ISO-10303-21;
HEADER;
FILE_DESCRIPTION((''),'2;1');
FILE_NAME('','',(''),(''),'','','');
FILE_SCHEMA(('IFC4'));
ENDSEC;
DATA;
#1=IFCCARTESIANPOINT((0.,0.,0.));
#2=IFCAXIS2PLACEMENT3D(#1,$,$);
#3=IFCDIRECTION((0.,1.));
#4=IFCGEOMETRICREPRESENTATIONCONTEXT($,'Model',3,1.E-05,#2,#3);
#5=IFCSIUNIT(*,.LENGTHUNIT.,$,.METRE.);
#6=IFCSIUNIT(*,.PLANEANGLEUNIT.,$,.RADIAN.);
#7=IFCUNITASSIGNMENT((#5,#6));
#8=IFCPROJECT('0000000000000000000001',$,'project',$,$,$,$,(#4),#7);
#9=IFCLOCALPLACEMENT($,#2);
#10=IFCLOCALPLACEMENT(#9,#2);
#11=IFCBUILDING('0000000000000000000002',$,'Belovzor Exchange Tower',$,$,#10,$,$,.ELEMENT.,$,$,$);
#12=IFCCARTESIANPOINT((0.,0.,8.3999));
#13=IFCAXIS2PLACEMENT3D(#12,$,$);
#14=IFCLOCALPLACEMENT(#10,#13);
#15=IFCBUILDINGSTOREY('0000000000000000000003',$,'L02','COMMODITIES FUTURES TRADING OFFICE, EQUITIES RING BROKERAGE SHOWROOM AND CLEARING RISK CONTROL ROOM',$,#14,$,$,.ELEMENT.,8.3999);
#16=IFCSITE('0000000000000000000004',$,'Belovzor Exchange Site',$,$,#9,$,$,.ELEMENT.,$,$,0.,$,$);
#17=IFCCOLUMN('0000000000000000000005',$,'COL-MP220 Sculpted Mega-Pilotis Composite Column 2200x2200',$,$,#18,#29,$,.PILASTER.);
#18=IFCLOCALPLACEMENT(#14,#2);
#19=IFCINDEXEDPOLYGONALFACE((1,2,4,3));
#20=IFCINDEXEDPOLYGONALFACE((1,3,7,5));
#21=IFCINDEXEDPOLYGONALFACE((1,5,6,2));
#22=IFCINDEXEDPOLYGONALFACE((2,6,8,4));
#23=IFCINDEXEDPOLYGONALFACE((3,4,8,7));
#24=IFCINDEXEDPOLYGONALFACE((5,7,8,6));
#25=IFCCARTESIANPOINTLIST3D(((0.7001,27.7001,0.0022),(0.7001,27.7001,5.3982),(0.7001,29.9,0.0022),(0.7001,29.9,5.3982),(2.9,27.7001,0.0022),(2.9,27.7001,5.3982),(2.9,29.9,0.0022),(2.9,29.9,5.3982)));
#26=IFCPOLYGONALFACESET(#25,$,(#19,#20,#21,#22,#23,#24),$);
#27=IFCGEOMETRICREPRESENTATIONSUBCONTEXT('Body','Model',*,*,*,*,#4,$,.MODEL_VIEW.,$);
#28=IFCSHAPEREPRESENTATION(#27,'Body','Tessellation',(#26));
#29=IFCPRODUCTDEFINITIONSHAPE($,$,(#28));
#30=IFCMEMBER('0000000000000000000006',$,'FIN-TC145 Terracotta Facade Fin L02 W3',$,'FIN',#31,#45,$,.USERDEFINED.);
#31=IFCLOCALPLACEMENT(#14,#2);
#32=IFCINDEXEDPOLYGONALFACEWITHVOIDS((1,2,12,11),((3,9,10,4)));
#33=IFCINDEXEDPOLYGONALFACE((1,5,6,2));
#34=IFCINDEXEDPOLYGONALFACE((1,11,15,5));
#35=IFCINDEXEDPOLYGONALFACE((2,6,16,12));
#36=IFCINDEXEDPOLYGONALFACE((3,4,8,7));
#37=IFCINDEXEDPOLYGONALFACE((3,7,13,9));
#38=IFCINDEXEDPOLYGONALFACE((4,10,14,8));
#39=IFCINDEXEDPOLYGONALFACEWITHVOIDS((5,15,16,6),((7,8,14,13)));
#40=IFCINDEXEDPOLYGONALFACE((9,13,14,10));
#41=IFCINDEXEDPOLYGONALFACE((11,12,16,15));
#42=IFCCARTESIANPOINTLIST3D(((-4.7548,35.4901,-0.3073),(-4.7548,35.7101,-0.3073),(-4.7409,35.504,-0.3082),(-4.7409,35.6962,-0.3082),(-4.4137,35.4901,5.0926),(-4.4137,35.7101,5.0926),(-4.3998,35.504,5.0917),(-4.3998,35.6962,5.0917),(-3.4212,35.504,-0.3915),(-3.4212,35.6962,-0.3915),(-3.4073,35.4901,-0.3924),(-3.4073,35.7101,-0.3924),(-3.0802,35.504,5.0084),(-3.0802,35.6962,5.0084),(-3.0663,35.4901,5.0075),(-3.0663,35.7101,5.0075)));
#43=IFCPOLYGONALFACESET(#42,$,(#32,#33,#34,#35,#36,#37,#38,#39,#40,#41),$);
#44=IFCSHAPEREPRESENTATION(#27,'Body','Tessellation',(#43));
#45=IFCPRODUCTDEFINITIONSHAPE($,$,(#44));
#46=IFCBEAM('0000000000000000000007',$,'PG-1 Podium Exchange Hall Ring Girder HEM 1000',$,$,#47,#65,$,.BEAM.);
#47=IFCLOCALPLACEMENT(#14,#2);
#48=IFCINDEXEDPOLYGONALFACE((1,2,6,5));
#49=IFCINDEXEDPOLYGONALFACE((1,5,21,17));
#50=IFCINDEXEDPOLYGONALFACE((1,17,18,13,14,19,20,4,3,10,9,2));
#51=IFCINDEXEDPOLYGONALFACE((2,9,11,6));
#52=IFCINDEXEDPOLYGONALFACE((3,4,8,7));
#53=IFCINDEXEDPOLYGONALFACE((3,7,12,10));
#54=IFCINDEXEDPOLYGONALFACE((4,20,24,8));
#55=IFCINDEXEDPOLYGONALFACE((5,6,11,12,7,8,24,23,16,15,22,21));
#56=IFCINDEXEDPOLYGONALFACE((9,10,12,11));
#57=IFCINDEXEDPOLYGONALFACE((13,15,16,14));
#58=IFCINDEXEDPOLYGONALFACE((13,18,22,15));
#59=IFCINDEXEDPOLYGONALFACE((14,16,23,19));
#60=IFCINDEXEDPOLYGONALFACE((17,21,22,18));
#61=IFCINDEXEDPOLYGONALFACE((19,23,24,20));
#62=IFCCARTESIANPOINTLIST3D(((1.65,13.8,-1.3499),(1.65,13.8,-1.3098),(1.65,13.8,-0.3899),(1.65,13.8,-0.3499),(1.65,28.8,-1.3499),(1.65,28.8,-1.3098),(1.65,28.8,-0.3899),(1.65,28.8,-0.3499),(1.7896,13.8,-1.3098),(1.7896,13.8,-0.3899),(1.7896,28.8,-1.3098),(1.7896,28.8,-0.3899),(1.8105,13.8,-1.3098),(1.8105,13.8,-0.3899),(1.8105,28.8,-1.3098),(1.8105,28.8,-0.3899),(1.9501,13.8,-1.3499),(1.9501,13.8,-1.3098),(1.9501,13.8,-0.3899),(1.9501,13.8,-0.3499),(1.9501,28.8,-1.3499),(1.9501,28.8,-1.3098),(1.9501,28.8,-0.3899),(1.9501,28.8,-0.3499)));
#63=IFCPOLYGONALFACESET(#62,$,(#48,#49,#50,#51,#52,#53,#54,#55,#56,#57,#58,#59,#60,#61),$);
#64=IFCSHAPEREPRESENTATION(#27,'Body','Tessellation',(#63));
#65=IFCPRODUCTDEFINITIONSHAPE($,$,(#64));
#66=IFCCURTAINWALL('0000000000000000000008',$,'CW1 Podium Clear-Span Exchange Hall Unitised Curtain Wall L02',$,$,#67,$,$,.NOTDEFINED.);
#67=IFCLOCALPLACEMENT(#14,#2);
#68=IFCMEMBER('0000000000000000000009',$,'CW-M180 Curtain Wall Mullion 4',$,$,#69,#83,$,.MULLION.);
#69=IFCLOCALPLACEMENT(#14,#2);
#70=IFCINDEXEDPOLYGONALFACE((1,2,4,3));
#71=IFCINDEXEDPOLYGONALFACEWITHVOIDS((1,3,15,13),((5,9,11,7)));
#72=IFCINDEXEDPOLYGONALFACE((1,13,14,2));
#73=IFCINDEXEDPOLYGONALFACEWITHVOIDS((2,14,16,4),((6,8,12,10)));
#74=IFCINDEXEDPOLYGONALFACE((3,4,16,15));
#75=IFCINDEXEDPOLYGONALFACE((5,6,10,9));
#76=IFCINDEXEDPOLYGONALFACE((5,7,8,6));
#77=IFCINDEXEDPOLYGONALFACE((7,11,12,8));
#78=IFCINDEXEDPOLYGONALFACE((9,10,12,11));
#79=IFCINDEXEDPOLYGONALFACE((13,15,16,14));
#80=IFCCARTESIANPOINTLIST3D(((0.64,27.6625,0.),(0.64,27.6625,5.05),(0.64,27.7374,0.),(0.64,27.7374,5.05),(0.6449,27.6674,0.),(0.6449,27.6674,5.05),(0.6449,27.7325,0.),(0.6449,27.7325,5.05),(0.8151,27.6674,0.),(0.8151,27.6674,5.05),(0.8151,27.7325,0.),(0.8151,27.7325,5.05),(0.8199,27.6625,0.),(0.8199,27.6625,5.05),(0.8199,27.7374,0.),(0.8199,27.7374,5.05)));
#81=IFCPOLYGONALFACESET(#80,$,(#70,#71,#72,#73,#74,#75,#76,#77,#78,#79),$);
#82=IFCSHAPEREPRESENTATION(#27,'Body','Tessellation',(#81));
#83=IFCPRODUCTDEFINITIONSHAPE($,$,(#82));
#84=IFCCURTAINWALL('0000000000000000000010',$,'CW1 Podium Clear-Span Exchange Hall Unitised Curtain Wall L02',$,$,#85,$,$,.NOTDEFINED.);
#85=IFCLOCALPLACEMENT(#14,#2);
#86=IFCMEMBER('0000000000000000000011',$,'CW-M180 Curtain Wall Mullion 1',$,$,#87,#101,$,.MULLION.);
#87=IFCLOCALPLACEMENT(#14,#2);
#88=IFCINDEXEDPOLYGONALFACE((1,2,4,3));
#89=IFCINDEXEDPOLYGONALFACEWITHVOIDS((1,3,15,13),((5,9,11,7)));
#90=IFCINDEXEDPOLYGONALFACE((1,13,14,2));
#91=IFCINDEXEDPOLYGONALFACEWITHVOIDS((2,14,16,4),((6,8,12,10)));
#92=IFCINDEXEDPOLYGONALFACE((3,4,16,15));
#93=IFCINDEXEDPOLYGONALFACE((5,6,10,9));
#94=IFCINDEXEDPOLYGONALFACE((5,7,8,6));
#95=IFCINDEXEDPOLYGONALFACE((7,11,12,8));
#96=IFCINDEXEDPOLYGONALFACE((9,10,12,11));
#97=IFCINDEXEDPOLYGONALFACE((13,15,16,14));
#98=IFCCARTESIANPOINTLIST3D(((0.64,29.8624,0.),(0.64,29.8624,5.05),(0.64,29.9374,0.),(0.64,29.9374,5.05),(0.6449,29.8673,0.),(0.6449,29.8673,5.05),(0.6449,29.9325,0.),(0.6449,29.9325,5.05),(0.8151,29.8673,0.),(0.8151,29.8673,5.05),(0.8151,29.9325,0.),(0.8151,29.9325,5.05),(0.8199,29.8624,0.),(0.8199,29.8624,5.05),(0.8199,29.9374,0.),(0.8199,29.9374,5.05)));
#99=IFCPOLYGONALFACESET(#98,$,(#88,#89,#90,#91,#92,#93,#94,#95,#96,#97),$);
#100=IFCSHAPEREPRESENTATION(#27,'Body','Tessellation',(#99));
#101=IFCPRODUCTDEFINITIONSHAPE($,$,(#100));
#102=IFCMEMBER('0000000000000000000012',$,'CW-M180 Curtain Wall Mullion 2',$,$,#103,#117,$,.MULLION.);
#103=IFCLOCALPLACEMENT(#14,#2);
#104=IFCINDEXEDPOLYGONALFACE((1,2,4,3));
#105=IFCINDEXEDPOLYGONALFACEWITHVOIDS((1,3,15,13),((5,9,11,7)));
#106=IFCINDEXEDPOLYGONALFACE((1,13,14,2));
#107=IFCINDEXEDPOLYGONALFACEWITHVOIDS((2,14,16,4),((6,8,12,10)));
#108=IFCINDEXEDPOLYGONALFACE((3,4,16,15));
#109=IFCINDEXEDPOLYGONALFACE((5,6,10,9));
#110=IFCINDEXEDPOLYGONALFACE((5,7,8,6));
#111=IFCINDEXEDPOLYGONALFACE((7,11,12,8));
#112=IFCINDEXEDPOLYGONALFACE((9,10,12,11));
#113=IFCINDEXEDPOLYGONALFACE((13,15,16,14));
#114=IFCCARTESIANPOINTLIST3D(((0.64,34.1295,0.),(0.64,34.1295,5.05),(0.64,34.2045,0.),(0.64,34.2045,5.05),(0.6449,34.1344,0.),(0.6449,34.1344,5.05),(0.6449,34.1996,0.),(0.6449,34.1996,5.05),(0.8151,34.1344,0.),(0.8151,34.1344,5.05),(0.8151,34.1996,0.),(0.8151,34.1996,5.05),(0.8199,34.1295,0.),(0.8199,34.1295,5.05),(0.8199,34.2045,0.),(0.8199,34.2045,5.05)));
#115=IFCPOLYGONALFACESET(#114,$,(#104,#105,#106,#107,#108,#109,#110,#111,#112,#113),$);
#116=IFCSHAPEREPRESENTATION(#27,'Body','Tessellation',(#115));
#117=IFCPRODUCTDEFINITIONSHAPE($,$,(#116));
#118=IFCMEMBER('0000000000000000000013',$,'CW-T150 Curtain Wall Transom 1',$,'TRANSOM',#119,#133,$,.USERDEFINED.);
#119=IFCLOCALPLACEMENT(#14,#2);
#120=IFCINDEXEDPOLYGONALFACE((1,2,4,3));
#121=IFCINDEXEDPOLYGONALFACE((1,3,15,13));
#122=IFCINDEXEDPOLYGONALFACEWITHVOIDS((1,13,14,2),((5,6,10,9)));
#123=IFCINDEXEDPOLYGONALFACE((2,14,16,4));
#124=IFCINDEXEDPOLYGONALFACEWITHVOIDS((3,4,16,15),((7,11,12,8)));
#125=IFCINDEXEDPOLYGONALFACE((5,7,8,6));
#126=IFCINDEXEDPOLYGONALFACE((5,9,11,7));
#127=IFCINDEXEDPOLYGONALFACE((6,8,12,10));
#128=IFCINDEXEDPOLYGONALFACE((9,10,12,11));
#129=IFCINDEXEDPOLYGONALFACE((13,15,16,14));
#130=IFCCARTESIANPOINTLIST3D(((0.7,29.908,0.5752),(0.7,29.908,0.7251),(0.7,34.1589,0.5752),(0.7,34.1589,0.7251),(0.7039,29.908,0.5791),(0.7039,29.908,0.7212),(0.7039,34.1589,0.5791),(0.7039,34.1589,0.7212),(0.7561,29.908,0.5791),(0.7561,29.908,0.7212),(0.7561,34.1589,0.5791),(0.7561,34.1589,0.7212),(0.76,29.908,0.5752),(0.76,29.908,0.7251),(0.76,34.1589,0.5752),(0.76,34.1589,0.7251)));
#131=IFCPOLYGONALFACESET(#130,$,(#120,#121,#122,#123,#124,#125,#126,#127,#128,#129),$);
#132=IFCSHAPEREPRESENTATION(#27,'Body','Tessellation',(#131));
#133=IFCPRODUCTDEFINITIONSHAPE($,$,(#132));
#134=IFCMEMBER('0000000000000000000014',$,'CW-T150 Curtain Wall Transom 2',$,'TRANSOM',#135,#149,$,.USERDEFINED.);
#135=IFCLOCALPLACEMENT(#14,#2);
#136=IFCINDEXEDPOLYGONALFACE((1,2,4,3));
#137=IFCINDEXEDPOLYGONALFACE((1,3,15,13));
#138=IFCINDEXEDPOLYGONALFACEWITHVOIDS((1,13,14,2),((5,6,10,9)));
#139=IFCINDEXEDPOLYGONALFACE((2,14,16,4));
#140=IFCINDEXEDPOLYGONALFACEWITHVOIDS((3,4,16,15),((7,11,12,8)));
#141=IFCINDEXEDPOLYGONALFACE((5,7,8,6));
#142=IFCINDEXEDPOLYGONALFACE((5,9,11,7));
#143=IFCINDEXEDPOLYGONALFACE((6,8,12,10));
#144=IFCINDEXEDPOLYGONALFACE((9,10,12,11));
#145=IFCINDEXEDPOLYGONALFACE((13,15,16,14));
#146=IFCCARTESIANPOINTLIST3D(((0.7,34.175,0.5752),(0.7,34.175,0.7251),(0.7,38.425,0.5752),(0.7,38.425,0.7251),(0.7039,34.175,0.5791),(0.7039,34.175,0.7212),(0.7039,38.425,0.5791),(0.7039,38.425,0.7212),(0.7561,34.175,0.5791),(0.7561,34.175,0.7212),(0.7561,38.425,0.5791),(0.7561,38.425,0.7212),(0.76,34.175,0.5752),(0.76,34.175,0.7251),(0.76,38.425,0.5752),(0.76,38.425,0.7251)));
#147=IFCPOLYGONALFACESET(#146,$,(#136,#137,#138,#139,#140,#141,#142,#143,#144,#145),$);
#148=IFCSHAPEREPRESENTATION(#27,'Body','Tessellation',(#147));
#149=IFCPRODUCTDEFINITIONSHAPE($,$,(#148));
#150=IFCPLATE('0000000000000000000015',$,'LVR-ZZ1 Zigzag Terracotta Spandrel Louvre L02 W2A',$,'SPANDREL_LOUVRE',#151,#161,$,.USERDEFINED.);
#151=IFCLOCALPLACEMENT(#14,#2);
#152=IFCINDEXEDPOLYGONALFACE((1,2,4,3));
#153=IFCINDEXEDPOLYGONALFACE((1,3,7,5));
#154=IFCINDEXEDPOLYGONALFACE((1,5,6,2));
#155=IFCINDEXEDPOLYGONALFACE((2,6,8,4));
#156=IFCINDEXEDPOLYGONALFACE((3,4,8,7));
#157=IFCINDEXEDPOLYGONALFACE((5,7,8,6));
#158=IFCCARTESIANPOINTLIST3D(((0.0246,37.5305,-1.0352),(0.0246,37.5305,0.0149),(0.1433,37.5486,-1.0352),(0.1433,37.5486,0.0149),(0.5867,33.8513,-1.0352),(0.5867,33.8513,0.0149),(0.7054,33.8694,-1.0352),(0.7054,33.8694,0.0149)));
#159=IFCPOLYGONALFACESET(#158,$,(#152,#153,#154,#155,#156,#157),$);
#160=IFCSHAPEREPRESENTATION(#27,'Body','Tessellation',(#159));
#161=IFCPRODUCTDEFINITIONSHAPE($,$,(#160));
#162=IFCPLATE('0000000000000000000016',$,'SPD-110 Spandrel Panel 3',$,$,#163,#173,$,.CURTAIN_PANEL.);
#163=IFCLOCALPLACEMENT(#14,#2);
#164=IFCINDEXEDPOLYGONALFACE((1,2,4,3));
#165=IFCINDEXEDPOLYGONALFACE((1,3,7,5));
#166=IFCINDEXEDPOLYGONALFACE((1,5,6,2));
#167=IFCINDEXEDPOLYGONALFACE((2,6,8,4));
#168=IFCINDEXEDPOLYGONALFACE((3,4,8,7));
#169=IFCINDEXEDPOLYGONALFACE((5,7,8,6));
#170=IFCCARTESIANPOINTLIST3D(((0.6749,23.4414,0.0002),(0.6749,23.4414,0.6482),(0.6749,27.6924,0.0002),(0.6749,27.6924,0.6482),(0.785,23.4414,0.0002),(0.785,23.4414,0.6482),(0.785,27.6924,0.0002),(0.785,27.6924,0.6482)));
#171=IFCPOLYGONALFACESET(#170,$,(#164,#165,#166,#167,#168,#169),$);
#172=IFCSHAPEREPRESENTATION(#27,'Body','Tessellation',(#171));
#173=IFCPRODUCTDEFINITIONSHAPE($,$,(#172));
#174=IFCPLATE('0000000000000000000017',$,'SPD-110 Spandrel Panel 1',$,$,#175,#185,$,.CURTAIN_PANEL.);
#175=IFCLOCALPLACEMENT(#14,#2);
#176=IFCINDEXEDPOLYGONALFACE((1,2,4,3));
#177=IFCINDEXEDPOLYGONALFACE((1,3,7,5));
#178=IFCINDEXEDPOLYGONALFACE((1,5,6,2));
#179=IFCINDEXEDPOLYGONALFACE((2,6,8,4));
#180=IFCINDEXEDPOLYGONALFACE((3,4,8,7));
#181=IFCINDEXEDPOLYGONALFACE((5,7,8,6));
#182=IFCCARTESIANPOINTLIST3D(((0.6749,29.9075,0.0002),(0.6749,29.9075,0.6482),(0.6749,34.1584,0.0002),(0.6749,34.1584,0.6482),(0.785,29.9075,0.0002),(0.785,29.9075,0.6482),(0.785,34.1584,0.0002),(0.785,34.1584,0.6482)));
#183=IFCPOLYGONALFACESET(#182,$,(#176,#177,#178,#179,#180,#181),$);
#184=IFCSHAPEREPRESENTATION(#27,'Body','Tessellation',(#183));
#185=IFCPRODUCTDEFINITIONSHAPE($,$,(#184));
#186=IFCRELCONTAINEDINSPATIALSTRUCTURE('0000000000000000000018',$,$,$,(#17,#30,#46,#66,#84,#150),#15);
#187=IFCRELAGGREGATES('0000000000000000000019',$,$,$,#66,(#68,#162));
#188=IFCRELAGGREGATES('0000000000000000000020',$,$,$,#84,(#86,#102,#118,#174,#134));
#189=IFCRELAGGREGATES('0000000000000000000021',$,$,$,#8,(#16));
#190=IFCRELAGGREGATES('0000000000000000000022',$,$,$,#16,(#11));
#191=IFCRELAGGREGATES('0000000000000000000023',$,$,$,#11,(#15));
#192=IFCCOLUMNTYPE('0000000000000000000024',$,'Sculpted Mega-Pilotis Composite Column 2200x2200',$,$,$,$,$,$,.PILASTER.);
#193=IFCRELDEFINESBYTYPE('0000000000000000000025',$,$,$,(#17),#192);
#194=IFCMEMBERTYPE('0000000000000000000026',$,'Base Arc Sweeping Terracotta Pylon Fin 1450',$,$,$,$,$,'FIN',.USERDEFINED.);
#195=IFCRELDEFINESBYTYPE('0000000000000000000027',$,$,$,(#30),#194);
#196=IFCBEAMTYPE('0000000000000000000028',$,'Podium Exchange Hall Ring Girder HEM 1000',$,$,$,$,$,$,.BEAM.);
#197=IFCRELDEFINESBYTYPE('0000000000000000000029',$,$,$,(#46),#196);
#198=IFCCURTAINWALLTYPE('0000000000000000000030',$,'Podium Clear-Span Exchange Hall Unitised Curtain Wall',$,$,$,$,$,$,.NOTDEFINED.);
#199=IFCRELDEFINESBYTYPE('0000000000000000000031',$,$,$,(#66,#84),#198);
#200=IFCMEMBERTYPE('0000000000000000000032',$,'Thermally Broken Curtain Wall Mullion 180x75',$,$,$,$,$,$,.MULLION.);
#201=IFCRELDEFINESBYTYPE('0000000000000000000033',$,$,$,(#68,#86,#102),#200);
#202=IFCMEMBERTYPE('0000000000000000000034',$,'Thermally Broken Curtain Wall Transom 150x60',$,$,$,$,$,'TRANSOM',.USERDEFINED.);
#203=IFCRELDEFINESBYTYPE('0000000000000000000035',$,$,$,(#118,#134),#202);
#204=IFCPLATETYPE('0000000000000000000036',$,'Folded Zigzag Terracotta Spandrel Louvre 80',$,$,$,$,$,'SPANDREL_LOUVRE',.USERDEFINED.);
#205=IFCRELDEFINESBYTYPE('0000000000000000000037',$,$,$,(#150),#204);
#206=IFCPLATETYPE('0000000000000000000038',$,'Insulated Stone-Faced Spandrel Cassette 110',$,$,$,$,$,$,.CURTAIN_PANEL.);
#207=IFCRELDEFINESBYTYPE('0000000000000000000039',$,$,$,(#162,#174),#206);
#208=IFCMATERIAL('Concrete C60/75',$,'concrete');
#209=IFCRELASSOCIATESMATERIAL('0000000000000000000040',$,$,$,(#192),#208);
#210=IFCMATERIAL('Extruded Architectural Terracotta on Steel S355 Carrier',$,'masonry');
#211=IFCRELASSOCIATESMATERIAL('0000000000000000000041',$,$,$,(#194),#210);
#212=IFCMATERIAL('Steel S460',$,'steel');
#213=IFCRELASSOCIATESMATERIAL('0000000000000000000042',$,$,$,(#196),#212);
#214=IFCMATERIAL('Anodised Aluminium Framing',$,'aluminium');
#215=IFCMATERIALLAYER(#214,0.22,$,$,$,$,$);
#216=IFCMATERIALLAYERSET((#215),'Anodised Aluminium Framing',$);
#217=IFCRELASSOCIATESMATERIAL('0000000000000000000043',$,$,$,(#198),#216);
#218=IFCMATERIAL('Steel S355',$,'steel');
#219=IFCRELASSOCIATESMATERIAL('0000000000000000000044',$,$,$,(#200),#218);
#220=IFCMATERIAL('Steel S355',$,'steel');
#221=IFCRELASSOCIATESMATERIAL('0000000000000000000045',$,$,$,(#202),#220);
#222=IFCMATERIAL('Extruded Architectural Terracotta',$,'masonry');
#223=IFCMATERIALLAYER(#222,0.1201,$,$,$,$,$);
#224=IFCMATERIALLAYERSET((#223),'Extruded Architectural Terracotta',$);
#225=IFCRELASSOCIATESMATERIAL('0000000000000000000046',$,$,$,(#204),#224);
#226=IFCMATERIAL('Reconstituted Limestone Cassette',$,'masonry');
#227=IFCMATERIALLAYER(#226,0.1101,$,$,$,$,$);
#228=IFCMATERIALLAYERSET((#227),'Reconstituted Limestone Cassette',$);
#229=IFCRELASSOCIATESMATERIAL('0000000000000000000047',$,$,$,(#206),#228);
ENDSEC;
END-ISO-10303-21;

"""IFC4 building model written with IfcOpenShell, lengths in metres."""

from ifc_helpers import new_model, si_unit, direction, frame, origin, origin_2d, place, context, subcontext, project, spatial, rectangle, hollow_rectangle, i_section, extrude, material, layer, layer_set, material_profile, profile_set, type_object, element, aggregate, save


model = new_model("IFC4")

# Units and contexts
model_context = context("Model", 3, precision=1e-05, world=origin(), true_north=direction((0.0, 1.0)))
body_context = subcontext(model_context, "Body", "Model", "MODEL_VIEW")
ifc_project = project(units=[si_unit("LENGTHUNIT", "METRE"), si_unit("PLANEANGLEUNIT", "RADIAN")], contexts=[model_context])

# Site, building, storey
site_placement = place(None, origin())
site = spatial("IfcSite", under=ifc_project, at=site_placement, Name="Belovzor Exchange Site", CompositionType="ELEMENT", RefElevation=0.0)
building_placement = place(site_placement, origin())
building = spatial("IfcBuilding", under=site, at=building_placement, Name="Belovzor Exchange Tower", CompositionType="ELEMENT")
storey_placement = place(building_placement, frame((0.0, 0.0, 8.3999)))
storey = spatial("IfcBuildingStorey", under=building, at=storey_placement, Name="L02", Description="COMMODITIES FUTURES TRADING OFFICE, EQUITIES RING BROKERAGE SHOWROOM AND CLEARING RISK CONTROL ROOM", CompositionType="ELEMENT", Elevation=8.3999)

# Column
ifc_material_1 = material(Name="Concrete C60/75", Category="concrete")
ifc_material_profile_1 = material_profile(ifc_material_1, rectangle(XDim=2.2, YDim=2.2, at=origin_2d()))
ifc_profile_set_1 = profile_set([ifc_material_profile_1], Name="Concrete C60/75")
column_type = type_object("IfcColumnType", Name="Sculpted Mega-Pilotis Composite Column 2200x2200", PredefinedType="PILASTER", material=ifc_profile_set_1)
column_placement = place(storey_placement, frame((1.8, 28.8, 0.0022), z_axis=(0.0, 0.0, 1.0), x_axis=(1.0, 0.0, 0.0)))
element("IfcColumn", 1, at=column_placement, inside=storey, type_object=column_type, Name="COL-MP220 Sculpted Mega-Pilotis Composite Column 2200x2200", PredefinedType="PILASTER", context=body_context, shape_type="SweptSolid", body=[
    extrude(rectangle(XDim=2.2, YDim=2.2, at=origin_2d()), origin(), (0.0, 0.0, 1.0), 5.396),
])

# Member
ifc_material_2 = material(Name="Extruded Architectural Terracotta on Steel S355 Carrier", Category="masonry")
ifc_material_profile_2 = material_profile(ifc_material_2, hollow_rectangle(XDim=0.22, YDim=1.3501, WallThickness=0.0139, at=origin_2d()))
ifc_profile_set_2 = profile_set([ifc_material_profile_2], Name="Extruded Architectural Terracotta on Steel S355 Carrier")
member_type_1 = type_object("IfcMemberType", Name="Base Arc Sweeping Terracotta Pylon Fin 1450", ElementType="FIN", PredefinedType="USERDEFINED", material=ifc_profile_set_2)
member_1_placement = place(storey_placement, frame((-4.0811, 35.6001, -0.3499), z_axis=(0.063036, 0.0, 0.998011), x_axis=(0.0, 1.0, 0.0)))
element("IfcMember", 2, at=member_1_placement, inside=storey, type_object=member_type_1, Name="FIN-TC145 Terracotta Facade Fin L02 W3", ObjectType="FIN", PredefinedType="USERDEFINED", context=body_context, shape_type="SweptSolid", body=[
    extrude(hollow_rectangle(XDim=0.22, YDim=1.3501, WallThickness=0.0139, at=origin_2d()), origin(), (0.0, 0.0, 1.0), 5.4106),
])

# Beam
ifc_material_3 = material(Name="Steel S460", Category="steel")
ifc_material_profile_3 = material_profile(ifc_material_3, i_section(OverallWidth=0.3, OverallDepth=1.0, WebThickness=0.021, FlangeThickness=0.04, at=origin_2d()))
ifc_profile_set_3 = profile_set([ifc_material_profile_3], Name="Steel S460")
beam_type = type_object("IfcBeamType", Name="Podium Exchange Hall Ring Girder HEM 1000", PredefinedType="BEAM", material=ifc_profile_set_3)
beam_placement = place(storey_placement, frame((1.8, 28.8, -0.8499), z_axis=(0.0, -1.0, 0.0), x_axis=(1.0, 0.0, 0.0)))
element("IfcBeam", 3, at=beam_placement, inside=storey, type_object=beam_type, Name="PG-1 Podium Exchange Hall Ring Girder HEM 1000", PredefinedType="BEAM", context=body_context, shape_type="SweptSolid", body=[
    extrude(i_section(OverallWidth=0.3, OverallDepth=1.0, WebThickness=0.021, FlangeThickness=0.04, at=origin_2d()), origin(), (0.0, 0.0, 1.0), 15.0),
])

# Curtain wall, member
ifc_material_4 = material(Name="Anodised Aluminium Framing", Category="aluminium")
ifc_layer_1 = layer(ifc_material_4, 0.22)
ifc_layer_set_1 = layer_set([ifc_layer_1], Name="Anodised Aluminium Framing")
curtain_wall_type = type_object("IfcCurtainWallType", Name="Podium Clear-Span Exchange Hall Unitised Curtain Wall", PredefinedType="NOTDEFINED", material=ifc_layer_set_1)
curtain_wall_1_placement = place(storey_placement, origin())
curtain_wall_1 = element("IfcCurtainWall", 4, at=curtain_wall_1_placement, inside=storey, type_object=curtain_wall_type, Name="CW1 Podium Clear-Span Exchange Hall Unitised Curtain Wall L02", PredefinedType="NOTDEFINED")
ifc_material_5 = material(Name="Steel S355", Category="steel")
ifc_material_profile_4 = material_profile(ifc_material_5, hollow_rectangle(XDim=0.075, YDim=0.1799, WallThickness=0.0049, at=origin_2d()))
ifc_profile_set_4 = profile_set([ifc_material_profile_4], Name="Steel S355")
member_type_2 = type_object("IfcMemberType", Name="Thermally Broken Curtain Wall Mullion 180x75", PredefinedType="MULLION", material=ifc_profile_set_4)
member_2_placement = place(storey_placement, frame((0.73, 27.7, 0.0), z_axis=(0.0, 0.0, 1.0), x_axis=(0.0, 1.0, 0.0)))
member_2 = element("IfcMember", 5, at=member_2_placement, type_object=member_type_2, Name="CW-M180 Curtain Wall Mullion 4", PredefinedType="MULLION", context=body_context, shape_type="SweptSolid", body=[
    extrude(hollow_rectangle(XDim=0.075, YDim=0.1799, WallThickness=0.0049, at=origin_2d()), origin(), (0.0, 0.0, 1.0), 5.05),
])

# Curtain wall, members
curtain_wall_2_placement = place(storey_placement, origin())
curtain_wall_2 = element("IfcCurtainWall", 6, at=curtain_wall_2_placement, inside=storey, type_object=curtain_wall_type, Name="CW1 Podium Clear-Span Exchange Hall Unitised Curtain Wall L02", PredefinedType="NOTDEFINED")
member_3_placement = place(storey_placement, frame((0.73, 29.8999, 0.0), z_axis=(0.0, 0.0, 1.0), x_axis=(0.0, 1.0, 0.0)))
member_3 = element("IfcMember", 7, at=member_3_placement, type_object=member_type_2, Name="CW-M180 Curtain Wall Mullion 1", PredefinedType="MULLION", context=body_context, shape_type="SweptSolid", body=[
    extrude(hollow_rectangle(XDim=0.075, YDim=0.1799, WallThickness=0.0049, at=origin_2d()), origin(), (0.0, 0.0, 1.0), 5.05),
])
member_4_placement = place(storey_placement, frame((0.73, 34.167, 0.0), z_axis=(0.0, 0.0, 1.0), x_axis=(0.0, 1.0, 0.0)))
member_4 = element("IfcMember", 8, at=member_4_placement, type_object=member_type_2, Name="CW-M180 Curtain Wall Mullion 2", PredefinedType="MULLION", context=body_context, shape_type="SweptSolid", body=[
    extrude(hollow_rectangle(XDim=0.075, YDim=0.1799, WallThickness=0.0049, at=origin_2d()), origin(), (0.0, 0.0, 1.0), 5.05),
])
ifc_material_6 = material(Name="Steel S355", Category="steel")
ifc_material_profile_5 = material_profile(ifc_material_6, hollow_rectangle(XDim=0.0601, YDim=0.1499, WallThickness=0.0039, at=origin_2d()))
ifc_profile_set_5 = profile_set([ifc_material_profile_5], Name="Steel S355")
member_type_3 = type_object("IfcMemberType", Name="Thermally Broken Curtain Wall Transom 150x60", ElementType="TRANSOM", PredefinedType="USERDEFINED", material=ifc_profile_set_5)
member_5_placement = place(storey_placement, frame((0.73, 29.908, 0.6501), z_axis=(0.0, 1.0, 0.0), x_axis=(-1.0, 0.0, 0.0)))
member_5 = element("IfcMember", 9, at=member_5_placement, type_object=member_type_3, Name="CW-T150 Curtain Wall Transom 1", ObjectType="TRANSOM", PredefinedType="USERDEFINED", context=body_context, shape_type="SweptSolid", body=[
    extrude(hollow_rectangle(XDim=0.0601, YDim=0.1499, WallThickness=0.0039, at=origin_2d()), origin(), (0.0, 0.0, 1.0), 4.251),
])
member_6_placement = place(storey_placement, frame((0.73, 34.175, 0.6501), z_axis=(0.0, 1.0, 0.0), x_axis=(-1.0, 0.0, 0.0)))
member_6 = element("IfcMember", 10, at=member_6_placement, type_object=member_type_3, Name="CW-T150 Curtain Wall Transom 2", ObjectType="TRANSOM", PredefinedType="USERDEFINED", context=body_context, shape_type="SweptSolid", body=[
    extrude(hollow_rectangle(XDim=0.0601, YDim=0.1499, WallThickness=0.0039, at=origin_2d()), origin(), (0.0, 0.0, 1.0), 4.25),
])

# Plates
ifc_material_7 = material(Name="Extruded Architectural Terracotta", Category="masonry")
ifc_layer_2 = layer(ifc_material_7, 0.1201)
ifc_layer_set_2 = layer_set([ifc_layer_2], Name="Extruded Architectural Terracotta")
plate_type_1 = type_object("IfcPlateType", Name="Folded Zigzag Terracotta Spandrel Louvre 80", ElementType="SPANDREL_LOUVRE", PredefinedType="USERDEFINED", material=ifc_layer_set_2)
plate_1_placement = place(storey_placement, frame((0.365, 35.7, -1.0352), z_axis=(0.0, 0.0, 1.0), x_axis=(-0.151019, 0.988531, 0.0)))
element("IfcPlate", 11, at=plate_1_placement, inside=storey, type_object=plate_type_1, Name="LVR-ZZ1 Zigzag Terracotta Spandrel Louvre L02 W2A", ObjectType="SPANDREL_LOUVRE", PredefinedType="USERDEFINED", context=body_context, shape_type="SweptSolid", body=[
    extrude(rectangle(XDim=3.7219, YDim=0.1201, at=origin_2d()), origin(), (0.0, 0.0, 1.0), 1.05),
])
ifc_material_8 = material(Name="Reconstituted Limestone Cassette", Category="masonry")
ifc_layer_3 = layer(ifc_material_8, 0.1101)
ifc_layer_set_3 = layer_set([ifc_layer_3], Name="Reconstituted Limestone Cassette")
plate_type_2 = type_object("IfcPlateType", Name="Insulated Stone-Faced Spandrel Cassette 110", PredefinedType="CURTAIN_PANEL", material=ifc_layer_set_3)
plate_2_placement = place(storey_placement, frame((0.73, 25.5669, 0.0002), z_axis=(0.0, 0.0, 1.0), x_axis=(0.0, 1.0, 0.0)))
plate_2 = element("IfcPlate", 12, at=plate_2_placement, type_object=plate_type_2, Name="SPD-110 Spandrel Panel 3", PredefinedType="CURTAIN_PANEL", context=body_context, shape_type="SweptSolid", body=[
    extrude(rectangle(XDim=4.251, YDim=0.1101, at=origin_2d()), origin(), (0.0, 0.0, 1.0), 0.6479),
])
plate_3_placement = place(storey_placement, frame((0.73, 32.033, 0.0002), z_axis=(0.0, 0.0, 1.0), x_axis=(0.0, 1.0, 0.0)))
plate_3 = element("IfcPlate", 13, at=plate_3_placement, type_object=plate_type_2, Name="SPD-110 Spandrel Panel 1", PredefinedType="CURTAIN_PANEL", context=body_context, shape_type="SweptSolid", body=[
    extrude(rectangle(XDim=4.251, YDim=0.1101, at=origin_2d()), origin(), (0.0, 0.0, 1.0), 0.6479),
])
aggregate(curtain_wall_1, [member_2, plate_2])
aggregate(curtain_wall_2, [member_3, member_4, member_5, plate_3, member_6])

save(model, "model.ifc")
